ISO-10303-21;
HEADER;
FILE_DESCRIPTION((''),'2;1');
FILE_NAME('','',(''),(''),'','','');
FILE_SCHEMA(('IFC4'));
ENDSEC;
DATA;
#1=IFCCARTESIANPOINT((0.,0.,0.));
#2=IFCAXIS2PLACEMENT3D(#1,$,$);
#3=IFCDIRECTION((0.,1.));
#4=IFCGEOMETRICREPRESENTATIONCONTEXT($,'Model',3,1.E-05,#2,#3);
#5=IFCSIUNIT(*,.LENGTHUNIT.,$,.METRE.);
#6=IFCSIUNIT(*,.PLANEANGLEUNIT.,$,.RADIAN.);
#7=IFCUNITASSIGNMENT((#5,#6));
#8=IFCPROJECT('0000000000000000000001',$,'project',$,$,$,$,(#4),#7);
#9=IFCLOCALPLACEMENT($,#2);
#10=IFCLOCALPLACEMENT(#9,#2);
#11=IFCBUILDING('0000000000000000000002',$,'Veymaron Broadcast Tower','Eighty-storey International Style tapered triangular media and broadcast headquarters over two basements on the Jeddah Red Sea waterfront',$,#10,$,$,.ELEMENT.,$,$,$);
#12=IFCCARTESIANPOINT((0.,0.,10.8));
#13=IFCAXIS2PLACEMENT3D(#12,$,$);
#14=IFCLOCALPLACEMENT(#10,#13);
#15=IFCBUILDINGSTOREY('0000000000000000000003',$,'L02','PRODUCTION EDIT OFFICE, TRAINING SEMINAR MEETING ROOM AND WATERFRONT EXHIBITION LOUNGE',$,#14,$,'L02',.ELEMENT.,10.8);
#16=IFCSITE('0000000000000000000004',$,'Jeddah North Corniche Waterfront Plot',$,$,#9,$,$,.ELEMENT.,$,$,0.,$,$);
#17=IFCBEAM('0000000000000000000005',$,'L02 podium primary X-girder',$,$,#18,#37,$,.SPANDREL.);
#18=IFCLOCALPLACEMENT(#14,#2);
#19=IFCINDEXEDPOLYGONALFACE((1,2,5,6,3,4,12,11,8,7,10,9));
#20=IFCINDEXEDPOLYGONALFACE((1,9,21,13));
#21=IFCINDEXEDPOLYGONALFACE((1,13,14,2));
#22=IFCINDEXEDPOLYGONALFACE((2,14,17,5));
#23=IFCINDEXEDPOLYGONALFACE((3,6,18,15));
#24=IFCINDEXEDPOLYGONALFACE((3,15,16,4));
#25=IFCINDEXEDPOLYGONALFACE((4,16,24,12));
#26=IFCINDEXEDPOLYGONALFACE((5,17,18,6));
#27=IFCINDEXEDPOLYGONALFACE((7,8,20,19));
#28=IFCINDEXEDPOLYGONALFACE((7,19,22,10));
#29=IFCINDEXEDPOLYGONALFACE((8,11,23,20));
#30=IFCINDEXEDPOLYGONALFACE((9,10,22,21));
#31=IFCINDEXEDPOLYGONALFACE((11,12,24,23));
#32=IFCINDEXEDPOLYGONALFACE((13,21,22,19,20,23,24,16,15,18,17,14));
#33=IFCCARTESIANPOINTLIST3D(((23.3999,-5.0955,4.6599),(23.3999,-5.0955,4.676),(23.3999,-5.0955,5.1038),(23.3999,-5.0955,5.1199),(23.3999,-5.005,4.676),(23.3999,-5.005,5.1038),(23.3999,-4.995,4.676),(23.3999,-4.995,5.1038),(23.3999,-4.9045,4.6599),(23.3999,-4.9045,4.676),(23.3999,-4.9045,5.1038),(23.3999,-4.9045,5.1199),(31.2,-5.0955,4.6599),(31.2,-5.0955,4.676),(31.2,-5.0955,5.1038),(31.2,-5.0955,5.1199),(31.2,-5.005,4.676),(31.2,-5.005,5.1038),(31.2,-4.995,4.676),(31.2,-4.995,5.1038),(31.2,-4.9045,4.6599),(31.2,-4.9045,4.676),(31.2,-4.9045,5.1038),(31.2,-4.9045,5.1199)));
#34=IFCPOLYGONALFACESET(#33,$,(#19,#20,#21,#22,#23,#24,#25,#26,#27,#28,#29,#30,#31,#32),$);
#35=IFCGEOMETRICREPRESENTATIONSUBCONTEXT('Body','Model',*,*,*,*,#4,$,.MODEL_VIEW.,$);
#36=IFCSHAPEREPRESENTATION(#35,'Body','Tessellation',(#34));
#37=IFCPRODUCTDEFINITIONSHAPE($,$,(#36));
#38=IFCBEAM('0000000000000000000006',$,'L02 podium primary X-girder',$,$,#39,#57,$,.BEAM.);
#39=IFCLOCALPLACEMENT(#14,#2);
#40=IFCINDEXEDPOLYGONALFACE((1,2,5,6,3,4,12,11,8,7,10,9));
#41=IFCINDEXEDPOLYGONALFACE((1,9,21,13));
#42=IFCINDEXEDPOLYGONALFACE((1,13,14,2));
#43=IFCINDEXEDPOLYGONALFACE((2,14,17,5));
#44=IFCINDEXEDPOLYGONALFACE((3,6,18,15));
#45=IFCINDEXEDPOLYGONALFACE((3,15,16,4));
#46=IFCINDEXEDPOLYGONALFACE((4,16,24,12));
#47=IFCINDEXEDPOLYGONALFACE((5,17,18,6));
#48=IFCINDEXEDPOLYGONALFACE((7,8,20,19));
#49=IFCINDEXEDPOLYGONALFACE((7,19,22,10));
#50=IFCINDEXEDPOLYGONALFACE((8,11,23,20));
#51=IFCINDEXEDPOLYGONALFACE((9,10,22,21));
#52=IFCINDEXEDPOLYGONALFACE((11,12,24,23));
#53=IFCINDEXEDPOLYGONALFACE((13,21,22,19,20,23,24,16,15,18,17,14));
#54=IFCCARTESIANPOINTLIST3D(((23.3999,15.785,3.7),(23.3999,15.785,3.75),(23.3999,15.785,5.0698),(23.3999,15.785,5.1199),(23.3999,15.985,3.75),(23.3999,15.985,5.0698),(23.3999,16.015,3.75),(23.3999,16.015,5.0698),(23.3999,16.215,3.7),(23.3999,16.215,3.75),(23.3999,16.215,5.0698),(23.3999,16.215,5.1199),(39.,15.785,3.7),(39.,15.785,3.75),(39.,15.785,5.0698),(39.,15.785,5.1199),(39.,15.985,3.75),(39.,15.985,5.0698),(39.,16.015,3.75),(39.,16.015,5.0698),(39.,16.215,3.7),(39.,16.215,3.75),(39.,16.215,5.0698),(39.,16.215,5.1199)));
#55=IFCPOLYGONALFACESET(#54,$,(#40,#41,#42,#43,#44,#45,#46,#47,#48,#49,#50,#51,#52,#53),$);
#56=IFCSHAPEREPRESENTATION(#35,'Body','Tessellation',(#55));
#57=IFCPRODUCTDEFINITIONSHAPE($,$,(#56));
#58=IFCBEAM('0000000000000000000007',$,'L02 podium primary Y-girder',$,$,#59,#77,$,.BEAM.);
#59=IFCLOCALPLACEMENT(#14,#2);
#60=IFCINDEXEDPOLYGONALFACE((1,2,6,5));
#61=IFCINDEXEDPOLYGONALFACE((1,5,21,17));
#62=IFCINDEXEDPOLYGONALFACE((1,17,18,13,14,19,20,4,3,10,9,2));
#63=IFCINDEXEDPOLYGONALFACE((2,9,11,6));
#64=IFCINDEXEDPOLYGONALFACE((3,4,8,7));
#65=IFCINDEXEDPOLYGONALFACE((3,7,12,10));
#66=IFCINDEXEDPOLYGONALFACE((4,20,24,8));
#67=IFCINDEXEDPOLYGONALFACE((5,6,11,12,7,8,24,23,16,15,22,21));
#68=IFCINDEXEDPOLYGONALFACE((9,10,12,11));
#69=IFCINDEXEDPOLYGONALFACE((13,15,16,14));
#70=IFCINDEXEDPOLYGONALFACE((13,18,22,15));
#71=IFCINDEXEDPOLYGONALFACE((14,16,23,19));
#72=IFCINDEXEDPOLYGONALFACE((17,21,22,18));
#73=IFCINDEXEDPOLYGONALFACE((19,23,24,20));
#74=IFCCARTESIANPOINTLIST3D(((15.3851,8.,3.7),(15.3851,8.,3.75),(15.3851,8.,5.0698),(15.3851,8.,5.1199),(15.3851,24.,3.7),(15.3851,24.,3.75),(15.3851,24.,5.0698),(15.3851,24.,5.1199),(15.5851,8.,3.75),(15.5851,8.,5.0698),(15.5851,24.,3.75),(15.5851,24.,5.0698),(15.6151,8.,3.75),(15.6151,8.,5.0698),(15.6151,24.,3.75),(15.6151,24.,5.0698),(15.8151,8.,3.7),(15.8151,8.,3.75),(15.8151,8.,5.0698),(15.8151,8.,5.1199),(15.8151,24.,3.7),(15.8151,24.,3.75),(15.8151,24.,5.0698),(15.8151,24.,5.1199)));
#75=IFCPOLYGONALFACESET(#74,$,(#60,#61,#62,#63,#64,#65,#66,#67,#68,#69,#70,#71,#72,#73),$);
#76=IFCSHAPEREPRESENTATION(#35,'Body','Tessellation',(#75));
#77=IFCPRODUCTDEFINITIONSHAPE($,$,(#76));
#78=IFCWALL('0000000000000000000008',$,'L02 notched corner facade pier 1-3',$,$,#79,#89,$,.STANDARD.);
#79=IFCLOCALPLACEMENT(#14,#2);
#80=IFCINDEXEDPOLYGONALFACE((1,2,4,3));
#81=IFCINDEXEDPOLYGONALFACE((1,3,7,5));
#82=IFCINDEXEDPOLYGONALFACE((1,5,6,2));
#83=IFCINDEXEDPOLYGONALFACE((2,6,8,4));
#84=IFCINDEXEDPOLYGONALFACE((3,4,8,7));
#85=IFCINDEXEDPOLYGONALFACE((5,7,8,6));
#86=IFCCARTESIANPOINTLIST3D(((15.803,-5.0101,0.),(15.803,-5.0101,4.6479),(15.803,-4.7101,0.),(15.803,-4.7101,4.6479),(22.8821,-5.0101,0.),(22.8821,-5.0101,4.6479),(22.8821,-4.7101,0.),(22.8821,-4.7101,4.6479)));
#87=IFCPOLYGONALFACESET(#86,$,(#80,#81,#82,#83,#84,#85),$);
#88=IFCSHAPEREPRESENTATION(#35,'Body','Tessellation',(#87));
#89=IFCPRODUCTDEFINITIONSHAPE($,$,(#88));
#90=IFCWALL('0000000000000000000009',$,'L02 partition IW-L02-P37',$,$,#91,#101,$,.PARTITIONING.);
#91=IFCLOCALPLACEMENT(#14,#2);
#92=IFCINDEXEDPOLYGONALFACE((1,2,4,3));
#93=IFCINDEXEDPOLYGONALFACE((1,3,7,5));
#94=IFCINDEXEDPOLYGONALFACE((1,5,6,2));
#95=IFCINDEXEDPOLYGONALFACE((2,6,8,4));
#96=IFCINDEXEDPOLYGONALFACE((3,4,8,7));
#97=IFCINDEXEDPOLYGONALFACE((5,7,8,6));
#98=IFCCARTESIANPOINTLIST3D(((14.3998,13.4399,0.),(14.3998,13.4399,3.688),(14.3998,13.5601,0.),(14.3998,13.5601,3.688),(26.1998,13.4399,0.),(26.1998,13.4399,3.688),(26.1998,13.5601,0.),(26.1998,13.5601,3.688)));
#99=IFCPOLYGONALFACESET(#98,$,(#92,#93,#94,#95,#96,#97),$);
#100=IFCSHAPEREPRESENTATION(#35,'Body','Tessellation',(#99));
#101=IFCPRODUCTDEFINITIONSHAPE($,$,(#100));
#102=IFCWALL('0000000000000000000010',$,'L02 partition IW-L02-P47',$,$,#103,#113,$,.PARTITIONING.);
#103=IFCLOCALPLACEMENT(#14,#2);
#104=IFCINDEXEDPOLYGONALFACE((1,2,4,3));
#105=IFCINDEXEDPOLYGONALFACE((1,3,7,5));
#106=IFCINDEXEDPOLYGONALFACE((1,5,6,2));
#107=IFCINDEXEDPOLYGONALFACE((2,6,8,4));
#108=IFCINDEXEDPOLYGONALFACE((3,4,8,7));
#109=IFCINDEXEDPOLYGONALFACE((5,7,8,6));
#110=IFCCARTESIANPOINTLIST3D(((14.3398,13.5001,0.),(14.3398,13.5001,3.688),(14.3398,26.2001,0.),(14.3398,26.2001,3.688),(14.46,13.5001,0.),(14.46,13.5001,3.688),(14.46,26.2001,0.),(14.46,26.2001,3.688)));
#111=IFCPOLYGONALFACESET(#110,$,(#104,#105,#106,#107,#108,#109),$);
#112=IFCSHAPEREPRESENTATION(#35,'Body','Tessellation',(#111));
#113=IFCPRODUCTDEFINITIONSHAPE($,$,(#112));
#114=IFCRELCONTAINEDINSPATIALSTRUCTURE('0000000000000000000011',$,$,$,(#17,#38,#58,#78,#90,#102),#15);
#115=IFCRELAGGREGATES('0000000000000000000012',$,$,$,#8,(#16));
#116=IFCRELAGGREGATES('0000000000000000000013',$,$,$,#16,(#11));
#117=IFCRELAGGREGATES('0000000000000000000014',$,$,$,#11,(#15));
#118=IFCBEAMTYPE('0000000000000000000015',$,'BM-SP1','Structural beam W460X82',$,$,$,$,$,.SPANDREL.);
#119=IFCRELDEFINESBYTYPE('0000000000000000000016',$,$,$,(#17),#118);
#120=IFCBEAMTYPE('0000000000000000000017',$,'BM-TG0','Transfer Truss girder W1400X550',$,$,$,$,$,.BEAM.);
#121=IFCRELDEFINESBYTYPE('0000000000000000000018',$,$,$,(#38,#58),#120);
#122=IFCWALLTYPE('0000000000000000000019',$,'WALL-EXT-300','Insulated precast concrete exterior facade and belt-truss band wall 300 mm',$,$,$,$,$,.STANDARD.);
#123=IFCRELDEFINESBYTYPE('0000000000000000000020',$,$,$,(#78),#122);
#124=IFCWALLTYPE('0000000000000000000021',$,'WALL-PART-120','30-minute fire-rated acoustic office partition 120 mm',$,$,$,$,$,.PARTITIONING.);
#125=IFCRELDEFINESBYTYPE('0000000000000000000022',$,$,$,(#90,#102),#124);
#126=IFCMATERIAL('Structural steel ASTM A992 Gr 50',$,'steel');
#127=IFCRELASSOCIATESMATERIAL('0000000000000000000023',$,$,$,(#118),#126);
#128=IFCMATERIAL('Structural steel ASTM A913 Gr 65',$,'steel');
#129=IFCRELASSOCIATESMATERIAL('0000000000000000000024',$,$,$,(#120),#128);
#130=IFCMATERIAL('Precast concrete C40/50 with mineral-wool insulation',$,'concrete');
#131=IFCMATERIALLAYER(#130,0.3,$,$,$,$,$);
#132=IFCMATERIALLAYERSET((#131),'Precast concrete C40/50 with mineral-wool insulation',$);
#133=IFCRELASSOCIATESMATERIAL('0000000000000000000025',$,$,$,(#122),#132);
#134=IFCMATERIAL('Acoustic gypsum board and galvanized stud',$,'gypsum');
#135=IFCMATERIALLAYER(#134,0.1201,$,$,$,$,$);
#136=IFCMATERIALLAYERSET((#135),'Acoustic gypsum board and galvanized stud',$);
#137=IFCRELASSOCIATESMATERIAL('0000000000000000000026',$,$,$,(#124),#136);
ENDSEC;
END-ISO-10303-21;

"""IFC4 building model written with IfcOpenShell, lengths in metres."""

from ifc_helpers import new_model, si_unit, direction, frame, frame_2d, origin, origin_2d, place, context, subcontext, project, spatial, rectangle, i_section, extrude, material, layer, layer_set, material_profile, profile_set, type_object, element, save


model = new_model("IFC4")

# Units and contexts
model_context = context("Model", 3, precision=1e-05, world=origin(), true_north=direction((0.0, 1.0)))
body_context = subcontext(model_context, "Body", "Model", "MODEL_VIEW")
ifc_project = project(units=[si_unit("LENGTHUNIT", "METRE"), si_unit("PLANEANGLEUNIT", "RADIAN")], contexts=[model_context])

# Site, building, storey
site_placement = place(None, origin())
site = spatial("IfcSite", under=ifc_project, at=site_placement, Name="Jeddah North Corniche Waterfront Plot", CompositionType="ELEMENT", RefElevation=0.0)
building_placement = place(site_placement, origin())
building = spatial("IfcBuilding", under=site, at=building_placement, Name="Veymaron Broadcast Tower", Description="Eighty-storey International Style tapered triangular media and broadcast headquarters over two basements on the Jeddah Red Sea waterfront", CompositionType="ELEMENT")
storey_placement = place(building_placement, frame((0.0, 0.0, 10.8)))
storey = spatial("IfcBuildingStorey", under=building, at=storey_placement, Name="L02", Description="PRODUCTION EDIT OFFICE, TRAINING SEMINAR MEETING ROOM AND WATERFRONT EXHIBITION LOUNGE", LongName="L02", CompositionType="ELEMENT", Elevation=10.8)

# Shared definitions
ifc_material_1 = material(Name="Structural steel ASTM A992 Gr 50", Category="steel")

# Beams
ifc_material_profile_1 = material_profile(ifc_material_1, i_section(OverallWidth=0.1909, OverallDepth=0.46, WebThickness=0.01, FlangeThickness=0.0161, at=origin_2d()), Name="W460X82")
ifc_profile_set_1 = profile_set([ifc_material_profile_1], Name="Structural steel ASTM A992 Gr 50")
beam_type_1 = type_object("IfcBeamType", Name="BM-SP1", Description="Structural beam W460X82", PredefinedType="SPANDREL", material=ifc_profile_set_1)
beam_1_placement = place(storey_placement, frame((23.3999, -5.0, 4.8899), z_axis=(1.0, 0.0, 0.0), x_axis=(0.0, 1.0, 0.0)))
element("IfcBeam", 1, at=beam_1_placement, inside=storey, type_object=beam_type_1, Name="L02 podium primary X-girder", PredefinedType="SPANDREL", context=body_context, shape_type="SweptSolid", body=[
    extrude(i_section(OverallWidth=0.1909, OverallDepth=0.46, WebThickness=0.01, FlangeThickness=0.0161, at=origin_2d()), origin(), (0.0, 0.0, 1.0), 7.8),
])
ifc_material_2 = material(Name="Structural steel ASTM A913 Gr 65", Category="steel")
ifc_material_profile_2 = material_profile(ifc_material_2, i_section(OverallWidth=0.4299, OverallDepth=1.4199, WebThickness=0.03, FlangeThickness=0.05, at=origin_2d()), Name="W1400X550")
ifc_profile_set_2 = profile_set([ifc_material_profile_2], Name="Structural steel ASTM A913 Gr 65")
beam_type_2 = type_object("IfcBeamType", Name="BM-TG0", Description="Transfer Truss girder W1400X550", PredefinedType="BEAM", material=ifc_profile_set_2)
beam_2_placement = place(storey_placement, frame((23.3999, 16.0, 4.4099), z_axis=(1.0, 0.0, 0.0), x_axis=(0.0, 1.0, 0.0)))
element("IfcBeam", 2, at=beam_2_placement, inside=storey, type_object=beam_type_2, Name="L02 podium primary X-girder", PredefinedType="BEAM", context=body_context, shape_type="SweptSolid", body=[
    extrude(i_section(OverallWidth=0.4299, OverallDepth=1.4199, WebThickness=0.03, FlangeThickness=0.05, at=origin_2d()), origin(), (0.0, 0.0, 1.0), 15.6001),
])
beam_3_placement = place(storey_placement, frame((15.6001, 8.0, 4.4099), z_axis=(0.0, 1.0, 0.0), x_axis=(-1.0, 0.0, 0.0)))
element("IfcBeam", 3, at=beam_3_placement, inside=storey, type_object=beam_type_2, Name="L02 podium primary Y-girder", PredefinedType="BEAM", context=body_context, shape_type="SweptSolid", body=[
    extrude(i_section(OverallWidth=0.4299, OverallDepth=1.4199, WebThickness=0.03, FlangeThickness=0.05, at=origin_2d()), origin(), (0.0, 0.0, 1.0), 16.0),
])

# Walls
ifc_material_3 = material(Name="Precast concrete C40/50 with mineral-wool insulation", Category="concrete")
ifc_layer_1 = layer(ifc_material_3, 0.3)
ifc_layer_set_1 = layer_set([ifc_layer_1], Name="Precast concrete C40/50 with mineral-wool insulation")
wall_type_1 = type_object("IfcWallType", Name="WALL-EXT-300", Description="Insulated precast concrete exterior facade and belt-truss band wall 300 mm", PredefinedType="STANDARD", material=ifc_layer_set_1)
wall_1_placement = place(storey_placement, frame((15.803, -4.8601, 0.0), z_axis=(0.0, 0.0, 1.0), x_axis=(1.0, 0.0, 0.0)))
element("IfcWall", 4, at=wall_1_placement, inside=storey, type_object=wall_type_1, Name="L02 notched corner facade pier 1-3", PredefinedType="STANDARD", context=body_context, shape_type="SweptSolid", body=[
    extrude(rectangle(XDim=7.0791, YDim=0.3, at=frame_2d((3.5396, 0.0))), origin(), (0.0, 0.0, 1.0), 4.6479),
])
ifc_material_4 = material(Name="Acoustic gypsum board and galvanized stud", Category="gypsum")
ifc_layer_2 = layer(ifc_material_4, 0.1201)
ifc_layer_set_2 = layer_set([ifc_layer_2], Name="Acoustic gypsum board and galvanized stud")
wall_type_2 = type_object("IfcWallType", Name="WALL-PART-120", Description="30-minute fire-rated acoustic office partition 120 mm", PredefinedType="PARTITIONING", material=ifc_layer_set_2)
wall_2_placement = place(storey_placement, frame((14.3999, 13.5, 0.0), z_axis=(0.0, 0.0, 1.0), x_axis=(1.0, 0.0, 0.0)))
element("IfcWall", 5, at=wall_2_placement, inside=storey, type_object=wall_type_2, Name="L02 partition IW-L02-P37", PredefinedType="PARTITIONING", context=body_context, shape_type="SweptSolid", body=[
    extrude(rectangle(XDim=11.8, YDim=0.1201, at=frame_2d((5.8999, 0.0))), origin(), (0.0, 0.0, 1.0), 3.688),
])
wall_3_placement = place(storey_placement, frame((14.3999, 13.5, 0.0), z_axis=(0.0, 0.0, 1.0), x_axis=(0.0, 1.0, 0.0)))
element("IfcWall", 6, at=wall_3_placement, inside=storey, type_object=wall_type_2, Name="L02 partition IW-L02-P47", PredefinedType="PARTITIONING", context=body_context, shape_type="SweptSolid", body=[
    extrude(rectangle(XDim=12.7, YDim=0.1201, at=frame_2d((6.3501, 0.0))), origin(), (0.0, 0.0, 1.0), 3.688),
])

save(model, "model.ifc")
